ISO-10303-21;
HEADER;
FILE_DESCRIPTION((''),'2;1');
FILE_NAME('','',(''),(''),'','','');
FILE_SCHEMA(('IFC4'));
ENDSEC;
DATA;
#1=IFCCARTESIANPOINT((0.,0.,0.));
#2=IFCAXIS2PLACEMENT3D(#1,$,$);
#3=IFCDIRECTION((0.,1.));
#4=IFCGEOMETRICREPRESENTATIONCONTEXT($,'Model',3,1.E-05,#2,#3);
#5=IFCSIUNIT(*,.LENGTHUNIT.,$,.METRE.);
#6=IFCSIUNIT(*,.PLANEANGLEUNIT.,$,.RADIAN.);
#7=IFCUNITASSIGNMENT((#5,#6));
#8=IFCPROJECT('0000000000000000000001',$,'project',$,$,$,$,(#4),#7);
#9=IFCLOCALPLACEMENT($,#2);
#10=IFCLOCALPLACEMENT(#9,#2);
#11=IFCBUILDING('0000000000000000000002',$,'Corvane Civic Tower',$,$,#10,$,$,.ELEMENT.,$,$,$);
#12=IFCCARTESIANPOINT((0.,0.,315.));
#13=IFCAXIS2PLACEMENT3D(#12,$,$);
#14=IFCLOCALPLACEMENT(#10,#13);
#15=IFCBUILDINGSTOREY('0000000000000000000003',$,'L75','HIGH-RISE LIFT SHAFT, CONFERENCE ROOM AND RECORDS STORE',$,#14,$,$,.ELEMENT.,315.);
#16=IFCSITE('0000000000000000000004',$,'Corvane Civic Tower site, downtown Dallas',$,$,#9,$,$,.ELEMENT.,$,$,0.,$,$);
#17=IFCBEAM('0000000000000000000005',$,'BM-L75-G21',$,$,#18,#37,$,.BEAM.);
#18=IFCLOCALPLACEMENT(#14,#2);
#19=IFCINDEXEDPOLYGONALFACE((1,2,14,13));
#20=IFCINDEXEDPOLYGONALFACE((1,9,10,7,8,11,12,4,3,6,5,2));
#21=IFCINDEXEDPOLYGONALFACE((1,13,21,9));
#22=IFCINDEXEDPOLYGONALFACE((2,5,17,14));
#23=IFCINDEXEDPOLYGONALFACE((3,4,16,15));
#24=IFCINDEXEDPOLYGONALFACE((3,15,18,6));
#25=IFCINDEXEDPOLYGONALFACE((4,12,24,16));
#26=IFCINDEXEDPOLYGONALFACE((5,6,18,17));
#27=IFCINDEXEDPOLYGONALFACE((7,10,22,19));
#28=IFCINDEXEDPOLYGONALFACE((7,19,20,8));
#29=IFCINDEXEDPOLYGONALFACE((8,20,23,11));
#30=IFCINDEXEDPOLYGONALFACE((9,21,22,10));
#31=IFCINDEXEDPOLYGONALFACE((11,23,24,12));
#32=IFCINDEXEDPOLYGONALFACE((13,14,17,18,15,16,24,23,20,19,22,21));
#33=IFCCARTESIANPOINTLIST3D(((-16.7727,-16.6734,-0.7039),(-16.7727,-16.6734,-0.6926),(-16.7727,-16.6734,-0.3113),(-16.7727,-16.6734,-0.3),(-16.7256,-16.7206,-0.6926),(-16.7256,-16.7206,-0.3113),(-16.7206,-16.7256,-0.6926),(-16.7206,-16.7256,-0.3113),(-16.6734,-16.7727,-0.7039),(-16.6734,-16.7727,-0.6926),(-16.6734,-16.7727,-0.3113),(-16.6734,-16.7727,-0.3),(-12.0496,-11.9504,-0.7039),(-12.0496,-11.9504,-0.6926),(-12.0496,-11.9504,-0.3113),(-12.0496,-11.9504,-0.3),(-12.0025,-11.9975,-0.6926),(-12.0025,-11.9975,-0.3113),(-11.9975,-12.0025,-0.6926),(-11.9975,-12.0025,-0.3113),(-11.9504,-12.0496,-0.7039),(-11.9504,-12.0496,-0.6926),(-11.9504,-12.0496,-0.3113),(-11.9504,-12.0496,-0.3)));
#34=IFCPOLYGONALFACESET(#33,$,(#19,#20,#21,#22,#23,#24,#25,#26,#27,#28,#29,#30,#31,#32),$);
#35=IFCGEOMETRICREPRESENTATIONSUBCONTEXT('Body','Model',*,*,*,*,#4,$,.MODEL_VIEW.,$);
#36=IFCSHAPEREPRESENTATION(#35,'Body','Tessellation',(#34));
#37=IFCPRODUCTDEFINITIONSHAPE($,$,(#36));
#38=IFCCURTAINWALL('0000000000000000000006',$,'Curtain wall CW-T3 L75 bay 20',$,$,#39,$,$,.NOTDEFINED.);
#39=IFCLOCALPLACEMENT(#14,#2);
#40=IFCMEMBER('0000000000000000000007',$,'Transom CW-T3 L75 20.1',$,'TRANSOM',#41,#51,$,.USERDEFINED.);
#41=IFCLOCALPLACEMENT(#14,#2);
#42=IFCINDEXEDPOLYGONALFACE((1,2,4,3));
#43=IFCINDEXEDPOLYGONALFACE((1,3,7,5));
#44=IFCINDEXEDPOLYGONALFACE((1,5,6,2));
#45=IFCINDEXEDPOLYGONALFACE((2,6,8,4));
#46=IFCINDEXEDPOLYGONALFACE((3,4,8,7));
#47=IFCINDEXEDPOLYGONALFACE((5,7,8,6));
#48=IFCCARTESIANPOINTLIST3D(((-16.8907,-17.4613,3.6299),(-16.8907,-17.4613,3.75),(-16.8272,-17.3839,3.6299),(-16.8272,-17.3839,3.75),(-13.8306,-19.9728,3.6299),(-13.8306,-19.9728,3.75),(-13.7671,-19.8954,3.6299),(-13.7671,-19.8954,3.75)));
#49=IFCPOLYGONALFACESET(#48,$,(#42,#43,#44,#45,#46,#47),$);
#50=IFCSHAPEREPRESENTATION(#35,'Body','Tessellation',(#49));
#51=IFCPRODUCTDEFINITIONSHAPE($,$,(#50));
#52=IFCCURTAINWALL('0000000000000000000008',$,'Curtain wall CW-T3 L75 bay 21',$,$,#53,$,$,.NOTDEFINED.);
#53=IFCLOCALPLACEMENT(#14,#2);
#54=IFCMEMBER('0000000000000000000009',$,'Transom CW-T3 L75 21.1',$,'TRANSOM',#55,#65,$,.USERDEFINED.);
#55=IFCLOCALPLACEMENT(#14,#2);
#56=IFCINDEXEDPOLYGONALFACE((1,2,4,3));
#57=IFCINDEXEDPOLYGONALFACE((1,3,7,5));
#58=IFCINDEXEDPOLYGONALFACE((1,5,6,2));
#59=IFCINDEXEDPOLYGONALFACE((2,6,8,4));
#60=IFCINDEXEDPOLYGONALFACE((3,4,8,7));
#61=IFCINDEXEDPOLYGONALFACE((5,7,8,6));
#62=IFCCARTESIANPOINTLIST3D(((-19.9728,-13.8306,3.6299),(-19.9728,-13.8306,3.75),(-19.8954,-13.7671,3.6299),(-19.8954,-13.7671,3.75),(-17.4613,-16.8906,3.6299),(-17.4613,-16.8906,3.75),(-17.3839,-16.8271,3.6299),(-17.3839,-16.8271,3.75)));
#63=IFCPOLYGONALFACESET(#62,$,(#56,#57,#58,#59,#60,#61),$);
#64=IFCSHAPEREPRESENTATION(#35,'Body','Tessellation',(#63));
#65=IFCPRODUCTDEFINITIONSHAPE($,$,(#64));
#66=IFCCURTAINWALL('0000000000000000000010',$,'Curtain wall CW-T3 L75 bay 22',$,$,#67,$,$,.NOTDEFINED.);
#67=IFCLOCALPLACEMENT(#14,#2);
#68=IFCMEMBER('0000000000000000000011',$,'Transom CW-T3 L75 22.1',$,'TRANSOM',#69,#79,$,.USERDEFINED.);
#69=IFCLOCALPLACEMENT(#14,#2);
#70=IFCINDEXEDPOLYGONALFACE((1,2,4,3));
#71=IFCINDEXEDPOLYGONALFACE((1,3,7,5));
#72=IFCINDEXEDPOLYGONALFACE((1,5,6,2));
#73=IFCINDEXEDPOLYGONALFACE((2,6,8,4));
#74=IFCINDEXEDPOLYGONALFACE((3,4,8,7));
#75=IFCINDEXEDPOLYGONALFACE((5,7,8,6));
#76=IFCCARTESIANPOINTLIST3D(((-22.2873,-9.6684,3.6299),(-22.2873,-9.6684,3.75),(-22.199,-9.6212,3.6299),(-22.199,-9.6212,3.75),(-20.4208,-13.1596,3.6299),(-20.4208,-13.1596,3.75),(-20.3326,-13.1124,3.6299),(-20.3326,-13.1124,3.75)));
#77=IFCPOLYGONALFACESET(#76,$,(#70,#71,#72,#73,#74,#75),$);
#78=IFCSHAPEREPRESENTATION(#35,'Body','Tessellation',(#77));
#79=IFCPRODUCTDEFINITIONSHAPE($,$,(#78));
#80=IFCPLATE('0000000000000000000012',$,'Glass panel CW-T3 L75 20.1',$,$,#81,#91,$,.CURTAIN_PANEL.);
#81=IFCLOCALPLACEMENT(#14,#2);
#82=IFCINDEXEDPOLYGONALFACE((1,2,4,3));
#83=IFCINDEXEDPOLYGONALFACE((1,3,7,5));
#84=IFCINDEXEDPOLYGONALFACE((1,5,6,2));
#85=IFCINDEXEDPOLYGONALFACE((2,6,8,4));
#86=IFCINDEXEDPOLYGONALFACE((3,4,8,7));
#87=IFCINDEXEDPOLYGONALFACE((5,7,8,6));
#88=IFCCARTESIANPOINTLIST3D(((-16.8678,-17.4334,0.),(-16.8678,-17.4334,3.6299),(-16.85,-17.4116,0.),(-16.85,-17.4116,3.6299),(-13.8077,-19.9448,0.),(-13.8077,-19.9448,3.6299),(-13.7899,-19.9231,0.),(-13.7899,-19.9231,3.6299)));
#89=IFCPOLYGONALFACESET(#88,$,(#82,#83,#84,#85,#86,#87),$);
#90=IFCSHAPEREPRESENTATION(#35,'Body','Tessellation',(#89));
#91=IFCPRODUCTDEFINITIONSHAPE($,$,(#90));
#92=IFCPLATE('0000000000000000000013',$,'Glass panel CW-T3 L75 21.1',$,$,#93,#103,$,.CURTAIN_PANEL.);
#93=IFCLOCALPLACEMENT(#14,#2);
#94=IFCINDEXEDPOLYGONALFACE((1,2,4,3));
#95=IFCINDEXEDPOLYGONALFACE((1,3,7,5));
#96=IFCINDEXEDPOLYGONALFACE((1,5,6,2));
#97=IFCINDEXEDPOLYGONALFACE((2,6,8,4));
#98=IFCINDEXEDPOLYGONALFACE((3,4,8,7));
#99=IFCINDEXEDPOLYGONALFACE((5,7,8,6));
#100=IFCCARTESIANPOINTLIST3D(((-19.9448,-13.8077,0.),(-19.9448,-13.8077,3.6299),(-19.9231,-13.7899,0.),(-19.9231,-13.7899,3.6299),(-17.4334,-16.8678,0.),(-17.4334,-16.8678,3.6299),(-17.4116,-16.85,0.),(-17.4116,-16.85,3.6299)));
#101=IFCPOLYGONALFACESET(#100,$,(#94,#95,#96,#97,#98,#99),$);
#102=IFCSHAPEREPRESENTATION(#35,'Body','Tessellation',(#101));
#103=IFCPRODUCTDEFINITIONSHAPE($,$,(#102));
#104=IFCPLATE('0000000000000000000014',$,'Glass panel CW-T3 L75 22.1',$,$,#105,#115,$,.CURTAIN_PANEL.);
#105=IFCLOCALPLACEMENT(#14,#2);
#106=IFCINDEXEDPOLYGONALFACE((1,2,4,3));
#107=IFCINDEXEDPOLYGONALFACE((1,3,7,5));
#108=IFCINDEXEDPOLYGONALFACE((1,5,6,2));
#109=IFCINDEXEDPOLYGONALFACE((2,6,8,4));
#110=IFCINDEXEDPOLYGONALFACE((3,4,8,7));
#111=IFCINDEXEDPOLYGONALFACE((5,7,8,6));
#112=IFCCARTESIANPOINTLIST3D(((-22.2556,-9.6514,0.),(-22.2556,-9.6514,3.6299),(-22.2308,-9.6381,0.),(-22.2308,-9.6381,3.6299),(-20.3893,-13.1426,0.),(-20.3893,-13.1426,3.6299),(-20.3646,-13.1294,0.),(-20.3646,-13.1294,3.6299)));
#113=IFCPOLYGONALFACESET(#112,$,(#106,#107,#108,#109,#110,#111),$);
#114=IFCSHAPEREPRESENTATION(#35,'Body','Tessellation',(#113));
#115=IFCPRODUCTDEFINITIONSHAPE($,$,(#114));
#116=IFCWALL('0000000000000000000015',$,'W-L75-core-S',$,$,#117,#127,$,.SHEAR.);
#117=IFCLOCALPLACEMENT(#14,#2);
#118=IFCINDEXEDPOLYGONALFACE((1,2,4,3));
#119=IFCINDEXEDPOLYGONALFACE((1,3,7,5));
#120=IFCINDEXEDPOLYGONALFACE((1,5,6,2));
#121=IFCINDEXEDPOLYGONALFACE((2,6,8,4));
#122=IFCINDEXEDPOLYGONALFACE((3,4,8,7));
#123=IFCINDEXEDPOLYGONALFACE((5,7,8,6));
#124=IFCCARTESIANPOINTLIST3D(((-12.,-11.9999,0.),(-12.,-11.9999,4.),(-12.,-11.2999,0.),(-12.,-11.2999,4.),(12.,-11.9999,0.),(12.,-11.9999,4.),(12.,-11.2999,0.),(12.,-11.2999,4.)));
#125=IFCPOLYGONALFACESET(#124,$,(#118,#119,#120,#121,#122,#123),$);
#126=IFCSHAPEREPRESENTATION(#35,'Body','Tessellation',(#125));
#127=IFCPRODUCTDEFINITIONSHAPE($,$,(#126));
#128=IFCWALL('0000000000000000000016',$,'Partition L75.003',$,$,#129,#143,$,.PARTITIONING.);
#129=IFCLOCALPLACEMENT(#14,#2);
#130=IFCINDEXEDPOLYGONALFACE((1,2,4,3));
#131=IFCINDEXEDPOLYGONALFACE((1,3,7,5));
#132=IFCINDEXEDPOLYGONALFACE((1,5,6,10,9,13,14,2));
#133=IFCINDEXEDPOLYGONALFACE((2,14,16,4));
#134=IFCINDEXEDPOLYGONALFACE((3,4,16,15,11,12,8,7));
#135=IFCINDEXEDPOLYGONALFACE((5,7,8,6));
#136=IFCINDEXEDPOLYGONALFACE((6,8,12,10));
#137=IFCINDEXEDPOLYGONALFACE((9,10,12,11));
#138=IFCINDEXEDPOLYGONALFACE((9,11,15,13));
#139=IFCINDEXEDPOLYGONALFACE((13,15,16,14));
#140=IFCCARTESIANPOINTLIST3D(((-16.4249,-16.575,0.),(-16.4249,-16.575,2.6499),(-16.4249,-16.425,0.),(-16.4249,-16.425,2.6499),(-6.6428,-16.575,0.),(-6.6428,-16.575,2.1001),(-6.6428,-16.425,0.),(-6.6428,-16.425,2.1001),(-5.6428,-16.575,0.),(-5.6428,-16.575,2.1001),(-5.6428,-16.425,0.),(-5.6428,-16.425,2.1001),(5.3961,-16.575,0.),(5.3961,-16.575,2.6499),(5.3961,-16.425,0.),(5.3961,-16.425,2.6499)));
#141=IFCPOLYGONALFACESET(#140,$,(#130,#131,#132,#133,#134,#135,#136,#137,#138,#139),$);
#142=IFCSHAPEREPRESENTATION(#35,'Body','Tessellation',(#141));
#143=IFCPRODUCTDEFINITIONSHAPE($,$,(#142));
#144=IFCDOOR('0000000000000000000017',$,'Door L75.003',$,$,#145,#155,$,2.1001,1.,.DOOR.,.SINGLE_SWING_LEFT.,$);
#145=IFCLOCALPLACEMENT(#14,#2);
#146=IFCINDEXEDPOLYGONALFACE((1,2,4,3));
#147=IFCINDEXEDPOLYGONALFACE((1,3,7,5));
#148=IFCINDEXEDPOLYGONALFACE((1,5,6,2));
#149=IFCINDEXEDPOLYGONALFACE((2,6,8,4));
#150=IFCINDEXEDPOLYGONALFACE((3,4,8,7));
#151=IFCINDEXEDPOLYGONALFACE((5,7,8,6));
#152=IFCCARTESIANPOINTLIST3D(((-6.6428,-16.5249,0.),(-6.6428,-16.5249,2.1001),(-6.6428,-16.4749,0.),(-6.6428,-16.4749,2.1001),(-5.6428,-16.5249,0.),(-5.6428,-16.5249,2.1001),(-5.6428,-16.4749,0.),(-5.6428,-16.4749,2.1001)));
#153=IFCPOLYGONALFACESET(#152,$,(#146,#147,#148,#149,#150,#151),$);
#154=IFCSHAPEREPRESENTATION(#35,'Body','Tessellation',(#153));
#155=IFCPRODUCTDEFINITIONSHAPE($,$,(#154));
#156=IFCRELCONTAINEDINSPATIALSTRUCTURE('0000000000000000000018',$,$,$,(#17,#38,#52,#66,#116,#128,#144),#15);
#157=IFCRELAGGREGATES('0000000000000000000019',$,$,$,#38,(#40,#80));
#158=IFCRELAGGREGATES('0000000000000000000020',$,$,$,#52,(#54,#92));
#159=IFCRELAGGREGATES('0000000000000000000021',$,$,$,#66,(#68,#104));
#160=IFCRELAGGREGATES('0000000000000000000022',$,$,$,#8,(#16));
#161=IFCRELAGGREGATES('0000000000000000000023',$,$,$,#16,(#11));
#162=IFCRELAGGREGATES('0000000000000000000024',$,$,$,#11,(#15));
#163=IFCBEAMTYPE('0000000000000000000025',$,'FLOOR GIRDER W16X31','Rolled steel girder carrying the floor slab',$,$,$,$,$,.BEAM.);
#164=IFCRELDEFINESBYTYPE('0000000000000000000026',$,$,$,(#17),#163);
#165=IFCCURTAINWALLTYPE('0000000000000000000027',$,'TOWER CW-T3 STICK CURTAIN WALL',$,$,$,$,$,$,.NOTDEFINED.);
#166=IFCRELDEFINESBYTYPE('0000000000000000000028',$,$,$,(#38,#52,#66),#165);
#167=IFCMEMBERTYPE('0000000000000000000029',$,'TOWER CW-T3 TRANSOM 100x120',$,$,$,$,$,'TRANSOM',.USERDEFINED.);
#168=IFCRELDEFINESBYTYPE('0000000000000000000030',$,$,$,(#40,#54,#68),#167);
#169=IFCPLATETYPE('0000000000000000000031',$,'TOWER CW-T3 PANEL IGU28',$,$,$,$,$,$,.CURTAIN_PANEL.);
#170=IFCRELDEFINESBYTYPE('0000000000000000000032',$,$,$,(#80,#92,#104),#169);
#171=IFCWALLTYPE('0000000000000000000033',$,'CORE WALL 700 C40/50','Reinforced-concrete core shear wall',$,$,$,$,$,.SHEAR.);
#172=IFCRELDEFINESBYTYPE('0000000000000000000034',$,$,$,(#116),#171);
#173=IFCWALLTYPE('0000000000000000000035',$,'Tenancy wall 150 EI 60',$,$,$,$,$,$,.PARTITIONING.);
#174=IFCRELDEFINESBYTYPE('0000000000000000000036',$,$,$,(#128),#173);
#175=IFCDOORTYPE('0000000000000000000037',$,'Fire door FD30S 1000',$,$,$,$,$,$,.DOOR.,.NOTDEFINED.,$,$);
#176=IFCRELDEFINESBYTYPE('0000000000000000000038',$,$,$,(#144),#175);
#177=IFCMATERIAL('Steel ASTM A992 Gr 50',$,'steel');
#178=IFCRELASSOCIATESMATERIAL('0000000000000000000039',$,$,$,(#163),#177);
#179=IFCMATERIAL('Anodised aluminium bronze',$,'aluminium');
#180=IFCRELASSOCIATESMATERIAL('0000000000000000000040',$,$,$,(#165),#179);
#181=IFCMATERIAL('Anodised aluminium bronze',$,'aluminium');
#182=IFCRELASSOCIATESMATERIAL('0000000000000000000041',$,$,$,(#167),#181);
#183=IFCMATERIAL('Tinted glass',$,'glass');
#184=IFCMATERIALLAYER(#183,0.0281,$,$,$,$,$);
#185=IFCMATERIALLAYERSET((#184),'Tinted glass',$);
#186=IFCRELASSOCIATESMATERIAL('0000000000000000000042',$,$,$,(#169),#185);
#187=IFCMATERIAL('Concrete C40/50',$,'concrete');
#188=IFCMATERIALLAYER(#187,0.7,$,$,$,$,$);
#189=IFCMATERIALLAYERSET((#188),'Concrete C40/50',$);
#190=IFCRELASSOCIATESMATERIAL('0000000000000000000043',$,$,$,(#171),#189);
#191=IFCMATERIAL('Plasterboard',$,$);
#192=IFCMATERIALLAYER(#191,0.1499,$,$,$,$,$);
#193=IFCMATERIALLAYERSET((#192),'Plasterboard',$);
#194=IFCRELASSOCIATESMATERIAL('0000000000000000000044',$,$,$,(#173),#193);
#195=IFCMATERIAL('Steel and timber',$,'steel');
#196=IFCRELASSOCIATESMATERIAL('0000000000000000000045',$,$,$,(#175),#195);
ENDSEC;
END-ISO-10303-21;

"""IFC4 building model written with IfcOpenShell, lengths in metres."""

from ifc_helpers import new_model, si_unit, direction, frame, frame_2d, origin, origin_2d, place, context, subcontext, project, spatial, rectangle, i_section, extrude, material, layer, layer_set, material_profile, profile_set, type_object, element, fill, aggregate, save


model = new_model("IFC4")

# Units and contexts
model_context = context("Model", 3, precision=1e-05, world=origin(), true_north=direction((0.0, 1.0)))
body_context = subcontext(model_context, "Body", "Model", "MODEL_VIEW")
ifc_project = project(units=[si_unit("LENGTHUNIT", "METRE"), si_unit("PLANEANGLEUNIT", "RADIAN")], contexts=[model_context])

# Site, building, storey
site_placement = place(None, origin())
site = spatial("IfcSite", under=ifc_project, at=site_placement, Name="Corvane Civic Tower site, downtown Dallas", CompositionType="ELEMENT", RefElevation=0.0)
building_placement = place(site_placement, origin())
building = spatial("IfcBuilding", under=site, at=building_placement, Name="Corvane Civic Tower", CompositionType="ELEMENT")
storey_placement = place(building_placement, frame((0.0, 0.0, 315.0)))
storey = spatial("IfcBuildingStorey", under=building, at=storey_placement, Name="L75", Description="HIGH-RISE LIFT SHAFT, CONFERENCE ROOM AND RECORDS STORE", CompositionType="ELEMENT", Elevation=315.0)

# Beam
ifc_material_1 = material(Name="Steel ASTM A992 Gr 50", Category="steel")
ifc_material_profile_1 = material_profile(ifc_material_1, i_section(OverallWidth=0.1404, OverallDepth=0.4038, WebThickness=0.0071, FlangeThickness=0.0112, at=origin_2d()), Name="W16X31")
ifc_profile_set_1 = profile_set([ifc_material_profile_1], Name="Steel ASTM A992 Gr 50")
beam_type_1 = type_object("IfcBeamType", Name="FLOOR GIRDER W16X31", Description="Rolled steel girder carrying the floor slab", PredefinedType="BEAM", material=ifc_profile_set_1)
beam_1_placement = place(storey_placement, frame((-12.0, -12.0, -0.502), z_axis=(-0.707107, -0.707107, 0.0), x_axis=(0.707107, -0.707107, 0.0)))
element("IfcBeam", 1, at=beam_1_placement, inside=storey, type_object=beam_type_1, Name="BM-L75-G21", PredefinedType="BEAM", context=body_context, shape_type="SweptSolid", body=[
    extrude(i_section(OverallWidth=0.1404, OverallDepth=0.4038, WebThickness=0.0071, FlangeThickness=0.0112, at=origin_2d()), origin(), (0.0, 0.0, 1.0), 6.6794),
])

# Curtain walls, members
ifc_material_2 = material(Name="Anodised aluminium bronze", Category="aluminium")
curtain_wall_type = type_object("IfcCurtainWallType", Name="TOWER CW-T3 STICK CURTAIN WALL", PredefinedType="NOTDEFINED", material=ifc_material_2)
curtain_wall_1_placement = place(storey_placement, origin())
curtain_wall_1 = element("IfcCurtainWall", 2, at=curtain_wall_1_placement, inside=storey, type_object=curtain_wall_type, Name="Curtain wall CW-T3 L75 bay 20", PredefinedType="NOTDEFINED")
ifc_material_3 = material(Name="Anodised aluminium bronze", Category="aluminium")
ifc_material_profile_2 = material_profile(ifc_material_3, rectangle(XDim=0.1001, YDim=0.1201, at=origin_2d()), Name="TOWER CW-T3 TRANSOM 100x120")
ifc_profile_set_2 = profile_set([ifc_material_profile_2], Name="Anodised aluminium bronze")
member_type = type_object("IfcMemberType", Name="TOWER CW-T3 TRANSOM 100x120", ElementType="TRANSOM", PredefinedType="USERDEFINED", material=ifc_profile_set_2)
member_1_placement = place(storey_placement, frame((-13.7988, -19.9341, 3.6899), z_axis=(-0.772992, 0.634416, 0.0), x_axis=(-0.634416, -0.772992, 0.0)))
member_1 = element("IfcMember", 3, at=member_1_placement, type_object=member_type, Name="Transom CW-T3 L75 20.1", ObjectType="TRANSOM", PredefinedType="USERDEFINED", context=body_context, shape_type="SweptSolid", body=[
    extrude(rectangle(XDim=0.1001, YDim=0.1201, at=origin_2d()), origin(), (0.0, 0.0, 1.0), 3.9587),
])
curtain_wall_2_placement = place(storey_placement, origin())
curtain_wall_2 = element("IfcCurtainWall", 4, at=curtain_wall_2_placement, inside=storey, type_object=curtain_wall_type, Name="Curtain wall CW-T3 L75 bay 21", PredefinedType="NOTDEFINED")
member_2_placement = place(storey_placement, frame((-17.4226, -16.8589, 3.6899), z_axis=(-0.634416, 0.772992, 0.0), x_axis=(-0.772992, -0.634416, 0.0)))
member_2 = element("IfcMember", 5, at=member_2_placement, type_object=member_type, Name="Transom CW-T3 L75 21.1", ObjectType="TRANSOM", PredefinedType="USERDEFINED", context=body_context, shape_type="SweptSolid", body=[
    extrude(rectangle(XDim=0.1001, YDim=0.1201, at=origin_2d()), origin(), (0.0, 0.0, 1.0), 3.9587),
])
curtain_wall_3_placement = place(storey_placement, origin())
curtain_wall_3 = element("IfcCurtainWall", 6, at=curtain_wall_3_placement, inside=storey, type_object=curtain_wall_type, Name="Curtain wall CW-T3 L75 bay 22", PredefinedType="NOTDEFINED")
member_3_placement = place(storey_placement, frame((-20.3767, -13.136, 3.6899), z_axis=(-0.471468, 0.881883, 0.0), x_axis=(-0.881883, -0.471468, 0.0)))
member_3 = element("IfcMember", 7, at=member_3_placement, type_object=member_type, Name="Transom CW-T3 L75 22.1", ObjectType="TRANSOM", PredefinedType="USERDEFINED", context=body_context, shape_type="SweptSolid", body=[
    extrude(rectangle(XDim=0.1001, YDim=0.1201, at=origin_2d()), origin(), (0.0, 0.0, 1.0), 3.9587),
])

# Plates
ifc_material_4 = material(Name="Tinted glass", Category="glass")
ifc_layer_1 = layer(ifc_material_4, 0.0281)
ifc_layer_set_1 = layer_set([ifc_layer_1], Name="Tinted glass")
plate_type = type_object("IfcPlateType", Name="TOWER CW-T3 PANEL IGU28", PredefinedType="CURTAIN_PANEL", material=ifc_layer_set_1)
plate_1_placement = place(storey_placement, frame((-15.3289, -18.6782, 0.0), z_axis=(0.0, 0.0, 1.0), x_axis=(-0.773001, 0.634405, 0.0)))
plate_1 = element("IfcPlate", 8, at=plate_1_placement, type_object=plate_type, Name="Glass panel CW-T3 L75 20.1", PredefinedType="CURTAIN_PANEL", context=body_context, shape_type="SweptSolid", body=[
    extrude(rectangle(XDim=3.9587, YDim=0.0281, at=origin_2d()), origin(), (0.0, 0.0, 1.0), 3.6299),
])
aggregate(curtain_wall_1, [member_1, plate_1])
plate_2_placement = place(storey_placement, frame((-18.6782, -15.3289, 0.0), z_axis=(0.0, 0.0, 1.0), x_axis=(-0.634405, 0.773001, 0.0)))
plate_2 = element("IfcPlate", 9, at=plate_2_placement, type_object=plate_type, Name="Glass panel CW-T3 L75 21.1", PredefinedType="CURTAIN_PANEL", context=body_context, shape_type="SweptSolid", body=[
    extrude(rectangle(XDim=3.9587, YDim=0.0281, at=origin_2d()), origin(), (0.0, 0.0, 1.0), 3.6299),
])
aggregate(curtain_wall_2, [member_2, plate_2])
plate_3_placement = place(storey_placement, frame((-21.3101, -11.3904, 0.0), z_axis=(0.0, 0.0, 1.0), x_axis=(-0.471421, 0.881908, 0.0)))
plate_3 = element("IfcPlate", 10, at=plate_3_placement, type_object=plate_type, Name="Glass panel CW-T3 L75 22.1", PredefinedType="CURTAIN_PANEL", context=body_context, shape_type="SweptSolid", body=[
    extrude(rectangle(XDim=3.9587, YDim=0.0281, at=origin_2d()), origin(), (0.0, 0.0, 1.0), 3.6299),
])
aggregate(curtain_wall_3, [member_3, plate_3])

# Wall
ifc_material_5 = material(Name="Concrete C40/50", Category="concrete")
ifc_layer_2 = layer(ifc_material_5, 0.7)
ifc_layer_set_2 = layer_set([ifc_layer_2], Name="Concrete C40/50")
wall_type_1 = type_object("IfcWallType", Name="CORE WALL 700 C40/50", Description="Reinforced-concrete core shear wall", PredefinedType="SHEAR", material=ifc_layer_set_2)
wall_1_placement = place(storey_placement, frame((-12.0, -11.6499, 0.0), z_axis=(0.0, 0.0, 1.0), x_axis=(1.0, 0.0, 0.0)))
element("IfcWall", 11, at=wall_1_placement, inside=storey, type_object=wall_type_1, Name="W-L75-core-S", PredefinedType="SHEAR", context=body_context, shape_type="SweptSolid", body=[
    extrude(rectangle(XDim=24.0, YDim=0.7, at=frame_2d((12.0, 0.0))), origin(), (0.0, 0.0, 1.0), 4.0),
])

# Wall, opening, door
ifc_material_6 = material(Name="Plasterboard")
ifc_layer_3 = layer(ifc_material_6, 0.1499)
ifc_layer_set_3 = layer_set([ifc_layer_3], Name="Plasterboard")
wall_type_2 = type_object("IfcWallType", Name="Tenancy wall 150 EI 60", PredefinedType="PARTITIONING", material=ifc_layer_set_3)
wall_2_placement = place(storey_placement, frame((-16.425, -16.5, 0.0), z_axis=(0.0, 0.0, 1.0), x_axis=(1.0, 0.0, 0.0)))
wall_2 = element("IfcWall", 12, at=wall_2_placement, inside=storey, type_object=wall_type_2, Name="Partition L75.003", PredefinedType="PARTITIONING", context=body_context, shape_type="SweptSolid", body=[
    extrude(rectangle(XDim=21.821, YDim=0.1499, at=frame_2d((10.9106, 0.0))), origin(), (0.0, 0.0, 1.0), 2.6499),
])
opening_1_placement = place(wall_2_placement, frame((9.7822, 0.0, 0.0)))
opening_1 = element("IfcOpeningElement", 13, at=opening_1_placement, cuts=wall_2, PredefinedType="OPENING", context=body_context, shape_type="SweptSolid", body=[
    extrude(rectangle(XDim=1.0, YDim=2.1001, at=frame_2d((0.5, 1.05))), frame((0.0, 0.085, 0.0), z_axis=(0.0, -1.0, 0.0), x_axis=(1.0, 0.0, 0.0)), (0.0, 0.0, 1.0), 0.1699),
])
ifc_material_7 = material(Name="Steel and timber", Category="steel")
door_type_1 = type_object("IfcDoorType", Name="Fire door FD30S 1000", OperationType="NOTDEFINED", PredefinedType="DOOR", material=ifc_material_7)
door_1_placement = place(opening_1_placement, frame((1.0, 0.0, 0.0), z_axis=(0.0, 0.0, 1.0), x_axis=(-1.0, 0.0, 0.0)))
door_1 = element("IfcDoor", 14, at=door_1_placement, inside=storey, type_object=door_type_1, Name="Door L75.003", OperationType="SINGLE_SWING_LEFT", OverallHeight=2.1001, OverallWidth=1.0, PredefinedType="DOOR", context=body_context, shape_type="SweptSolid", body=[
    extrude(rectangle(XDim=1.0, YDim=2.1001, at=frame_2d((0.5, 1.05))), frame((0.0, 0.0249, 0.0), z_axis=(0.0, -1.0, 0.0), x_axis=(1.0, 0.0, 0.0)), (0.0, 0.0, 1.0), 0.05),
])
fill(opening_1, door_1)

save(model, "model.ifc")
